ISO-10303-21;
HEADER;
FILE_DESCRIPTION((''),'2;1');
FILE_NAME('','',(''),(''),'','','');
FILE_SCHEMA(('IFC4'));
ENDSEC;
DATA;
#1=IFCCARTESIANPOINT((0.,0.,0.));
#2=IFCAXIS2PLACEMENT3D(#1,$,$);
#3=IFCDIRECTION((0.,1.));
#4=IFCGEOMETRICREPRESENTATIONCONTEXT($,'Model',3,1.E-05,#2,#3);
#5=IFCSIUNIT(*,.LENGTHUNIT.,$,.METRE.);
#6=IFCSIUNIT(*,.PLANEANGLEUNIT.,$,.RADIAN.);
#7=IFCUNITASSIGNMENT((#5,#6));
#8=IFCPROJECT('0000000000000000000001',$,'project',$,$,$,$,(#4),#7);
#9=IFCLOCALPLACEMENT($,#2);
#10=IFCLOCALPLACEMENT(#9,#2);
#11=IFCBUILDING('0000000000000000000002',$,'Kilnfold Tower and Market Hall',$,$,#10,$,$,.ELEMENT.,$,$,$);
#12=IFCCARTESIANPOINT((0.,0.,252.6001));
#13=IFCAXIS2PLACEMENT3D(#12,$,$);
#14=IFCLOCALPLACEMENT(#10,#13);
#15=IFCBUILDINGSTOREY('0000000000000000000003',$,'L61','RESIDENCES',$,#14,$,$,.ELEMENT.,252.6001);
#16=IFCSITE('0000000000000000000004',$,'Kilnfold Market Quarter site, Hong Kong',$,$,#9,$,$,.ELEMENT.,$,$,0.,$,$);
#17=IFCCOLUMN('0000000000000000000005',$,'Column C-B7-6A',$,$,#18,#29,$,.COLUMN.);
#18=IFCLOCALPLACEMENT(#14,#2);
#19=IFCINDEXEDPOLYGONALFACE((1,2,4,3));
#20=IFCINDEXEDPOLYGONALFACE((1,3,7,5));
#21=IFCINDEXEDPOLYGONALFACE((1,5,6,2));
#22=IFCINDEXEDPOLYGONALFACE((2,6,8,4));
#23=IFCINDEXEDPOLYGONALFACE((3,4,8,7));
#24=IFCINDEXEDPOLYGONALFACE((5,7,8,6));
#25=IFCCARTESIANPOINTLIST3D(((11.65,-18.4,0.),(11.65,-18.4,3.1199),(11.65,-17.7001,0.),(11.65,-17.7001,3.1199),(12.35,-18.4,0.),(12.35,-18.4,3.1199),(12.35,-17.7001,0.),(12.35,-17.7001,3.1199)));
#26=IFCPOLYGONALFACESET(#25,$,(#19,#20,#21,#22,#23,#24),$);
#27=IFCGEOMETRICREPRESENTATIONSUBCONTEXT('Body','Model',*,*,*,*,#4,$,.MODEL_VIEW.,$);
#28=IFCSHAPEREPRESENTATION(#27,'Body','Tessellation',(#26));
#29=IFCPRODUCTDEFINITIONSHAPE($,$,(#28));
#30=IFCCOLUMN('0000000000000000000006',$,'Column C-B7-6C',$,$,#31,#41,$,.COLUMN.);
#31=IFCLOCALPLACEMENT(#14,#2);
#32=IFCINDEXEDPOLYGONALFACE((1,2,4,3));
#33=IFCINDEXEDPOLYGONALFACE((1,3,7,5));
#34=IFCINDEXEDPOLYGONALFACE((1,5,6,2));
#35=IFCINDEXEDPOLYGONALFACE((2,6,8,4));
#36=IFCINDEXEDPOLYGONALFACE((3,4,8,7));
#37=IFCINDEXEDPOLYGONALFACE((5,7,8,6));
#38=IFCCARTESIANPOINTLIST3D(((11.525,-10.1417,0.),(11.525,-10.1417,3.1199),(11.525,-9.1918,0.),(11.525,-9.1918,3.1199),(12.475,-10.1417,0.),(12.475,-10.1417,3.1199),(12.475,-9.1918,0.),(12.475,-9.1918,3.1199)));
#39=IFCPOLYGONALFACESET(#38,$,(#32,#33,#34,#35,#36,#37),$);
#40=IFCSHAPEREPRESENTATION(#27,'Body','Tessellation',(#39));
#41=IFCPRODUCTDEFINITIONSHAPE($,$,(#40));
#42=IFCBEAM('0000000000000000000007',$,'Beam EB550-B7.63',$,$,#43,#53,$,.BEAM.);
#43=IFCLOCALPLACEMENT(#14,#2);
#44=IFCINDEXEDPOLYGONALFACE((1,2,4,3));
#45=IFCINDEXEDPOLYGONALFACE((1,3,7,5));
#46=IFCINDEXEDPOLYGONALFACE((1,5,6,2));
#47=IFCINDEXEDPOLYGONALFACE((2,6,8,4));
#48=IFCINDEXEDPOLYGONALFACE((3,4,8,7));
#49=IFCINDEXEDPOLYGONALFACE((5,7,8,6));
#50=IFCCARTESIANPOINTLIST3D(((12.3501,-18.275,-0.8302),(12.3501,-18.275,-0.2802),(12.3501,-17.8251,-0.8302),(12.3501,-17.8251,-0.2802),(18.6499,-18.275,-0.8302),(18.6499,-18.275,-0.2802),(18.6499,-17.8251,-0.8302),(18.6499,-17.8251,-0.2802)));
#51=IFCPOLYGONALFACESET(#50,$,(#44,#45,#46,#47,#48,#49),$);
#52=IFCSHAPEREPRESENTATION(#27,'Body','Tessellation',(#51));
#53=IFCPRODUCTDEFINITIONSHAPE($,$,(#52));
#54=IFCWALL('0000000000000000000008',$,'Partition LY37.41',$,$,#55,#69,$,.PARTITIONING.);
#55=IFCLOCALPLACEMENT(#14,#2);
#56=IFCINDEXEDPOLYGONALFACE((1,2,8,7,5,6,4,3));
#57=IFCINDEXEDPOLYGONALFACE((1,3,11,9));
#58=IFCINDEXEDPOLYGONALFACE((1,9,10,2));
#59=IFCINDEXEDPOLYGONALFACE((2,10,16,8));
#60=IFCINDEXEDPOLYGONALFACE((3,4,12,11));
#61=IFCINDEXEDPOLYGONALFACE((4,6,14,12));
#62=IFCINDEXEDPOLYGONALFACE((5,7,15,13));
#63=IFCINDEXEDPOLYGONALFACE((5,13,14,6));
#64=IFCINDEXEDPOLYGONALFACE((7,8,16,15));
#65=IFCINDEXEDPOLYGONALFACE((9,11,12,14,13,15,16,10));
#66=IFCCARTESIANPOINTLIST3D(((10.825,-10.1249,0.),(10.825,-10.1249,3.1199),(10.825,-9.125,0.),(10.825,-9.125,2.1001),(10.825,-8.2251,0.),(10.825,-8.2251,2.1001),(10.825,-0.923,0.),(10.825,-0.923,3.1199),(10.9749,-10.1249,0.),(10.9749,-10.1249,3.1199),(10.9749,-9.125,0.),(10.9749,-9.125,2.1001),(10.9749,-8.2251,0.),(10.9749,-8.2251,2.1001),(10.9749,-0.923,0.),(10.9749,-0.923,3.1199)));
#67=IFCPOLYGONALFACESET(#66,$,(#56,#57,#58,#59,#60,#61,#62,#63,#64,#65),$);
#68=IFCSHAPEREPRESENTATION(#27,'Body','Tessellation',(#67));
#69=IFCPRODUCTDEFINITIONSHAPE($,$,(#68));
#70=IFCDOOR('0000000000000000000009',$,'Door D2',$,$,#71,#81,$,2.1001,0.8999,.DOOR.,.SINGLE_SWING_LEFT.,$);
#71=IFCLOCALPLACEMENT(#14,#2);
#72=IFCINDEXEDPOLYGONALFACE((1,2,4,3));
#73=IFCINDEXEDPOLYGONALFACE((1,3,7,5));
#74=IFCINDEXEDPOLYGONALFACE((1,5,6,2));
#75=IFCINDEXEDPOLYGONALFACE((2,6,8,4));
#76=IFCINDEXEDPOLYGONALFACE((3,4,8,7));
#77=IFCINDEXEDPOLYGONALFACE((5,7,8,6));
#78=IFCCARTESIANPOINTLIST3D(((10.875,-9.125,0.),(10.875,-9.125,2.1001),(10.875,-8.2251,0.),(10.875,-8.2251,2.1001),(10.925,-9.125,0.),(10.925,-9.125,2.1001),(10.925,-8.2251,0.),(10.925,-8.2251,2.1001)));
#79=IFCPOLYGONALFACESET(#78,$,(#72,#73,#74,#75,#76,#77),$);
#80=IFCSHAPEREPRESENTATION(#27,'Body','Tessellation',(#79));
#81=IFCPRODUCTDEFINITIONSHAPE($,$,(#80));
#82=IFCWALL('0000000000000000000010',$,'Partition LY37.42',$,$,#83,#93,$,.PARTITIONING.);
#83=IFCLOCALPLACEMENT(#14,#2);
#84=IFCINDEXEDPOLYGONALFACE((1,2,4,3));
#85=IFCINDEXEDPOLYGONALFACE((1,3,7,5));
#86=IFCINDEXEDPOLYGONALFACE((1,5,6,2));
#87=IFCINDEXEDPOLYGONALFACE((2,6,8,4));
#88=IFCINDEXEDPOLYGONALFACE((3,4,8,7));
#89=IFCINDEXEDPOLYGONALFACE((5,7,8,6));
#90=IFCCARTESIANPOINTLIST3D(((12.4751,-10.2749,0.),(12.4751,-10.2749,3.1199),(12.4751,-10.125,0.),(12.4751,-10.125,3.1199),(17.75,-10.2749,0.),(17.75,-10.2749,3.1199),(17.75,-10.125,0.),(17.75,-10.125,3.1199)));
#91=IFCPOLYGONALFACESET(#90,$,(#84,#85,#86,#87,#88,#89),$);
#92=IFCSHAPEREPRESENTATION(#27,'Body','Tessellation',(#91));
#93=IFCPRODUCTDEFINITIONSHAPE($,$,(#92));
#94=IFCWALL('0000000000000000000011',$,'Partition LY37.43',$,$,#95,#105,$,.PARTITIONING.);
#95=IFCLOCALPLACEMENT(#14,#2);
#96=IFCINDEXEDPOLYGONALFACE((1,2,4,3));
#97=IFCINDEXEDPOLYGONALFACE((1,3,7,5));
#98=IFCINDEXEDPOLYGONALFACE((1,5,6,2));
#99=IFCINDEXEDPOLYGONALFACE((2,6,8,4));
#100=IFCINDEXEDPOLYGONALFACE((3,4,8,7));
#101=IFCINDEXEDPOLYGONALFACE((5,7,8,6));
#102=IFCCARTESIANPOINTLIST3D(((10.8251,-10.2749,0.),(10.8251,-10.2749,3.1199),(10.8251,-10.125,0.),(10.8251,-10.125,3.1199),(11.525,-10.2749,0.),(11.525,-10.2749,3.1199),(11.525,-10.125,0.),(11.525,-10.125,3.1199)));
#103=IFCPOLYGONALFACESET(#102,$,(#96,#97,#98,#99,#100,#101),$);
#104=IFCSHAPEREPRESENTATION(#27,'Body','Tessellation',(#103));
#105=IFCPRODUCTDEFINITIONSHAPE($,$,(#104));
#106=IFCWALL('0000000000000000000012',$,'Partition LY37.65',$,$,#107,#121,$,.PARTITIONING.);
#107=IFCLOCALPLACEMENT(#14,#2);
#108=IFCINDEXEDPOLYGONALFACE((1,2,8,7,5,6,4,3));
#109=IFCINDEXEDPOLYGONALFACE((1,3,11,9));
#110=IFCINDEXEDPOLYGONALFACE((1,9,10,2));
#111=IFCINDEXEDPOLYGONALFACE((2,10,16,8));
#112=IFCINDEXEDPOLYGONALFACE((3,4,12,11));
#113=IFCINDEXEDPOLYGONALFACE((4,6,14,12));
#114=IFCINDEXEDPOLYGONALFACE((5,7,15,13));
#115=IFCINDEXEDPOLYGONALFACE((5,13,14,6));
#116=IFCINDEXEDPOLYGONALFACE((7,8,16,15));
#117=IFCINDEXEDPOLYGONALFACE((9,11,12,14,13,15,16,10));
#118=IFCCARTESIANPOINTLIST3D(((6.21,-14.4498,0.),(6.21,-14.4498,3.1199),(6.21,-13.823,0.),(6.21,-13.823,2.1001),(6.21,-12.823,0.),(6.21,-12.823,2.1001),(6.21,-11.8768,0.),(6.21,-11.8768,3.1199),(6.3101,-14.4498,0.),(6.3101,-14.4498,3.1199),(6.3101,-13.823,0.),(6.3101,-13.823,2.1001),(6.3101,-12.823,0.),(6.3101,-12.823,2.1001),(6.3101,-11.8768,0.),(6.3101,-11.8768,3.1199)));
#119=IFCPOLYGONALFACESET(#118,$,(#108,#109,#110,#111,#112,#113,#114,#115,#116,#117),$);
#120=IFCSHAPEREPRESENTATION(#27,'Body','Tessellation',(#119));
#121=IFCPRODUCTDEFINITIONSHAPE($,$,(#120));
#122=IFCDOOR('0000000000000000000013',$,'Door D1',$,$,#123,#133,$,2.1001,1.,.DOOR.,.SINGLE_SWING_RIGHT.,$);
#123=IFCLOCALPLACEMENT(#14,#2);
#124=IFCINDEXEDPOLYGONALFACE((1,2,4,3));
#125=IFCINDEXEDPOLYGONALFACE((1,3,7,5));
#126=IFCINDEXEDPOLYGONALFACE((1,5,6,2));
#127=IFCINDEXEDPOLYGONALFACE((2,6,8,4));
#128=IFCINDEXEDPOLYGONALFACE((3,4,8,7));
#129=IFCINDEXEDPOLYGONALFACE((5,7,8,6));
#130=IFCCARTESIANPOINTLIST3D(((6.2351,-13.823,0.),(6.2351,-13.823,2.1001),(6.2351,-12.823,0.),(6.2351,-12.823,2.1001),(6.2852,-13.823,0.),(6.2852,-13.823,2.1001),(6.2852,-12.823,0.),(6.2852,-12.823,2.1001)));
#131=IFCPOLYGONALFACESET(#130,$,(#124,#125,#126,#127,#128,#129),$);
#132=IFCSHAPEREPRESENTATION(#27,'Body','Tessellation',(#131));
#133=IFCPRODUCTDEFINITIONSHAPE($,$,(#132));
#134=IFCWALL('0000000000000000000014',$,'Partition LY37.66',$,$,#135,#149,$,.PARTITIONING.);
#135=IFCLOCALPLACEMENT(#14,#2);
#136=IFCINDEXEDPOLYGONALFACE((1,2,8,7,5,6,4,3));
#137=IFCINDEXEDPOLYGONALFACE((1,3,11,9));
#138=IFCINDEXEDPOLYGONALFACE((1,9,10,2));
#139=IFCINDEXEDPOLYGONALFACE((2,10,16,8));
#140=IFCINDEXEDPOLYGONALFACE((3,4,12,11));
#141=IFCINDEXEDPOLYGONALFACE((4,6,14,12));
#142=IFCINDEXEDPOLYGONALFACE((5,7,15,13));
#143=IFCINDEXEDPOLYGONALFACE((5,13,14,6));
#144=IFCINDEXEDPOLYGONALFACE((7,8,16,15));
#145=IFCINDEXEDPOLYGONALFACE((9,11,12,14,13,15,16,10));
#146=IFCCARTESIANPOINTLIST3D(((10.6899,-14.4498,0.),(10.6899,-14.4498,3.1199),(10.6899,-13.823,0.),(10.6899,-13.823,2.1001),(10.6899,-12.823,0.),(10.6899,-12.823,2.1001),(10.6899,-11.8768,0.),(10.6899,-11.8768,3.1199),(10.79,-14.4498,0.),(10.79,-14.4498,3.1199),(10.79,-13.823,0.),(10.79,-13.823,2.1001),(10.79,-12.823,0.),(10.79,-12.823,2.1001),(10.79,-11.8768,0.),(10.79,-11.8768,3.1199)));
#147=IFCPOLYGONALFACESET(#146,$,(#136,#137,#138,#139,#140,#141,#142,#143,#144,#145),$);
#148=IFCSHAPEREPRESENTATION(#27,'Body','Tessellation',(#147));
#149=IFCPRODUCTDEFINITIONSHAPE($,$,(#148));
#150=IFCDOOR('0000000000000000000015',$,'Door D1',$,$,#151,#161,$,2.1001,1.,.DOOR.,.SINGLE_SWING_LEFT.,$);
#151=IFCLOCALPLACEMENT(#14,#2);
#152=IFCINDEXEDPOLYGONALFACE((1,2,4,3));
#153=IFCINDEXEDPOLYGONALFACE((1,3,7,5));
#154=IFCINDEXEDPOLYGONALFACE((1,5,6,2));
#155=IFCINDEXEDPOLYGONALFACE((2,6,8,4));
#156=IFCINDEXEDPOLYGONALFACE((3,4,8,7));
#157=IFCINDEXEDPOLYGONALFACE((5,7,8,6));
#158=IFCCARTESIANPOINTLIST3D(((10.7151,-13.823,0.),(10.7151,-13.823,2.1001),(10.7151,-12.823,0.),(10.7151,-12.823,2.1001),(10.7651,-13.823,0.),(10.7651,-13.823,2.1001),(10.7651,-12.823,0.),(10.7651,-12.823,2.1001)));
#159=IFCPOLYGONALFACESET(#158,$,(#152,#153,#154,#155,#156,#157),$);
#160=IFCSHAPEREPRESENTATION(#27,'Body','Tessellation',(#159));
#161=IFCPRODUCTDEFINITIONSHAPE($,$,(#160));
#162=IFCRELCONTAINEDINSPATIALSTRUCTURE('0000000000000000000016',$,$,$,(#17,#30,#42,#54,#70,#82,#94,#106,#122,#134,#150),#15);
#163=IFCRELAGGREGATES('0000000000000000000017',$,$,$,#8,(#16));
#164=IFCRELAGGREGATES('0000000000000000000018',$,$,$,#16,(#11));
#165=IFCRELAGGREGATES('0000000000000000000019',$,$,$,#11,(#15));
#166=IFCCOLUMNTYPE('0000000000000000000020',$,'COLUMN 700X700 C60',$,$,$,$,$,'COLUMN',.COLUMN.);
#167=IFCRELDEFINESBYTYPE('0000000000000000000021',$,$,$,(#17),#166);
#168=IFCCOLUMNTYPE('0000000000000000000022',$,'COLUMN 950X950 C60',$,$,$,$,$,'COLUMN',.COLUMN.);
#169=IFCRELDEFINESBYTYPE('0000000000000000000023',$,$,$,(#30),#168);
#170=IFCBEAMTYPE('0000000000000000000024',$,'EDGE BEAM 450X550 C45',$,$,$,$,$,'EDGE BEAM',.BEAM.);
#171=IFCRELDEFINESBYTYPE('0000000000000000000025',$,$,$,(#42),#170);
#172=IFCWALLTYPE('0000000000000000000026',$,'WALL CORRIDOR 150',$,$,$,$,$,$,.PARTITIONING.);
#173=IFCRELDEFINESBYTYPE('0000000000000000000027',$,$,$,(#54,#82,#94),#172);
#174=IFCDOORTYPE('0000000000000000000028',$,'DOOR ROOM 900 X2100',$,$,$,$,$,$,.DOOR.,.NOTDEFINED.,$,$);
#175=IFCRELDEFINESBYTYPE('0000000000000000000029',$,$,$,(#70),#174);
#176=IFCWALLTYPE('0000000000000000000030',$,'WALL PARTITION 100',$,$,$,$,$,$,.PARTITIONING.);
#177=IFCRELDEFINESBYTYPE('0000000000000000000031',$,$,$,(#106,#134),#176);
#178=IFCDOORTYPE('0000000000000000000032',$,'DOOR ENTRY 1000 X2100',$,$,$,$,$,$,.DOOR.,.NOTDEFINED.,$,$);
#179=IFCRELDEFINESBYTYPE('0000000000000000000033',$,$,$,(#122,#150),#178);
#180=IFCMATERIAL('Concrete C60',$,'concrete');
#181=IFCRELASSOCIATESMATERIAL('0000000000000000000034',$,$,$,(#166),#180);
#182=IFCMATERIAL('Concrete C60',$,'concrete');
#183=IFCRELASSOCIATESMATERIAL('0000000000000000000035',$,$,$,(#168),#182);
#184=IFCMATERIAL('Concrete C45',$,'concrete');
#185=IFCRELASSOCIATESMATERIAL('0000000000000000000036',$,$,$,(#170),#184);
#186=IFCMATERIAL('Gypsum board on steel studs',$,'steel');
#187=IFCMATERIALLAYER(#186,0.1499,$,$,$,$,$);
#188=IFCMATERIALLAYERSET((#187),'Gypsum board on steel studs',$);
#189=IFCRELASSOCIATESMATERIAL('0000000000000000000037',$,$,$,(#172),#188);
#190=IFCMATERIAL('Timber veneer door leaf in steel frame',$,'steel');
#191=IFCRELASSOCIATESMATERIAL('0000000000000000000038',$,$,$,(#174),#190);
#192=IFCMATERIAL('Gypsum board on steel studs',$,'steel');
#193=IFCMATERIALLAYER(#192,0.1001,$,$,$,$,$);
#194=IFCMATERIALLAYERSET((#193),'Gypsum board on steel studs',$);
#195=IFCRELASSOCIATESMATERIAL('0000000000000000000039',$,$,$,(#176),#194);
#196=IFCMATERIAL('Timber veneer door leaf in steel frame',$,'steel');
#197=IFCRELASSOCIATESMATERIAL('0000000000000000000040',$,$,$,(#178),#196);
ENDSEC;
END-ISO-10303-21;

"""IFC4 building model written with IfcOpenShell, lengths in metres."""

from ifc_helpers import new_model, si_unit, direction, frame, frame_2d, origin, origin_2d, place, context, subcontext, project, spatial, rectangle, extrude, source, transform, mapped, material, layer, layer_set, material_profile, profile_set, type_object, element, fill, save


model = new_model("IFC4")

# Units and contexts
model_context = context("Model", 3, precision=1e-05, world=origin(), true_north=direction((0.0, 1.0)))
body_context = subcontext(model_context, "Body", "Model", "MODEL_VIEW")
ifc_project = project(units=[si_unit("LENGTHUNIT", "METRE"), si_unit("PLANEANGLEUNIT", "RADIAN")], contexts=[model_context])

# Site, building, storey
site_placement = place(None, origin())
site = spatial("IfcSite", under=ifc_project, at=site_placement, Name="Kilnfold Market Quarter site, Hong Kong", CompositionType="ELEMENT", RefElevation=0.0)
building_placement = place(site_placement, origin())
building = spatial("IfcBuilding", under=site, at=building_placement, Name="Kilnfold Tower and Market Hall", CompositionType="ELEMENT")
storey_placement = place(building_placement, frame((0.0, 0.0, 252.6001)))
storey = spatial("IfcBuildingStorey", under=building, at=storey_placement, Name="L61", Description="RESIDENCES", CompositionType="ELEMENT", Elevation=252.6001)

# Columns
ifc_material_1 = material(Name="Concrete C60", Category="concrete")
ifc_material_profile_1 = material_profile(ifc_material_1, rectangle(XDim=0.7, YDim=0.7, at=origin_2d()), Name="RC 700x700")
ifc_profile_set_1 = profile_set([ifc_material_profile_1], Name="Concrete C60")
column_type_1 = type_object("IfcColumnType", Name="COLUMN 700X700 C60", ElementType="COLUMN", PredefinedType="COLUMN", material=ifc_profile_set_1)
shared_shape_1 = source(origin(), body_context, "Body", "SweptSolid", [
    extrude(rectangle(XDim=0.7, YDim=0.7, at=origin_2d()), origin(), (0.0, 0.0, 1.0), 3.1199),
])
column_1_placement = place(storey_placement, frame((12.0, -18.05, 0.0), z_axis=(0.0, 0.0, 1.0), x_axis=(1.0, 0.0, 0.0)))
element("IfcColumn", 1, at=column_1_placement, inside=storey, type_object=column_type_1, Name="Column C-B7-6A", PredefinedType="COLUMN", context=body_context, shape_type="MappedRepresentation", body=[
    mapped(shared_shape_1, transform((0.0, 0.0, 0.0))),
])
ifc_material_2 = material(Name="Concrete C60", Category="concrete")
ifc_material_profile_2 = material_profile(ifc_material_2, rectangle(XDim=0.95, YDim=0.95, at=origin_2d()), Name="RC 950x950")
ifc_profile_set_2 = profile_set([ifc_material_profile_2], Name="Concrete C60")
column_type_2 = type_object("IfcColumnType", Name="COLUMN 950X950 C60", ElementType="COLUMN", PredefinedType="COLUMN", material=ifc_profile_set_2)
shared_shape_2 = source(origin(), body_context, "Body", "SweptSolid", [
    extrude(rectangle(XDim=0.95, YDim=0.95, at=origin_2d()), origin(), (0.0, 0.0, 1.0), 3.1199),
])
column_2_placement = place(storey_placement, frame((12.0, -9.6667, 0.0), z_axis=(0.0, 0.0, 1.0), x_axis=(1.0, 0.0, 0.0)))
element("IfcColumn", 2, at=column_2_placement, inside=storey, type_object=column_type_2, Name="Column C-B7-6C", PredefinedType="COLUMN", context=body_context, shape_type="MappedRepresentation", body=[
    mapped(shared_shape_2, transform((0.0, 0.0, 0.0))),
])

# Beam
ifc_material_3 = material(Name="Concrete C45", Category="concrete")
ifc_material_profile_3 = material_profile(ifc_material_3, rectangle(XDim=0.45, YDim=0.55, at=origin_2d()), Name="RC 450x550")
ifc_profile_set_3 = profile_set([ifc_material_profile_3], Name="Concrete C45")
beam_type = type_object("IfcBeamType", Name="EDGE BEAM 450X550 C45", ElementType="EDGE BEAM", PredefinedType="BEAM", material=ifc_profile_set_3)
shared_shape_3 = source(origin(), body_context, "Body", "SweptSolid", [
    extrude(rectangle(XDim=0.45, YDim=0.55, at=origin_2d()), origin(), (0.0, 0.0, 1.0), 6.2998),
])
beam_placement = place(storey_placement, frame((12.3501, -18.05, -0.5552), z_axis=(1.0, 0.0, 0.0), x_axis=(0.0, 1.0, 0.0)))
element("IfcBeam", 3, at=beam_placement, inside=storey, type_object=beam_type, Name="Beam EB550-B7.63", PredefinedType="BEAM", context=body_context, shape_type="MappedRepresentation", body=[
    mapped(shared_shape_3, transform((0.0, 0.0, 0.0))),
])

# Wall, opening, door
ifc_material_4 = material(Name="Gypsum board on steel studs", Category="steel")
ifc_layer_1 = layer(ifc_material_4, 0.1499)
ifc_layer_set_1 = layer_set([ifc_layer_1], Name="Gypsum board on steel studs")
wall_type_1 = type_object("IfcWallType", Name="WALL CORRIDOR 150", PredefinedType="PARTITIONING", material=ifc_layer_set_1)
wall_1_placement = place(storey_placement, frame((10.8999, -10.125, 0.0), z_axis=(0.0, 0.0, 1.0), x_axis=(0.0, 1.0, 0.0)))
wall_1 = element("IfcWall", 4, at=wall_1_placement, inside=storey, type_object=wall_type_1, Name="Partition LY37.41", PredefinedType="PARTITIONING", context=body_context, shape_type="SweptSolid", body=[
    extrude(rectangle(XDim=9.2019, YDim=0.1499, at=frame_2d((4.6011, 0.0))), origin(), (0.0, 0.0, 1.0), 3.1199),
])
opening_1_placement = place(wall_1_placement, frame((1.0, 0.0, 0.0)))
opening_1 = element("IfcOpeningElement", 5, at=opening_1_placement, cuts=wall_1, PredefinedType="OPENING", context=body_context, shape_type="SweptSolid", body=[
    extrude(rectangle(XDim=0.8999, YDim=2.1001, at=frame_2d((0.45, 1.05))), frame((0.0, 0.085, 0.0), z_axis=(0.0, -1.0, 0.0), x_axis=(1.0, 0.0, 0.0)), (0.0, 0.0, 1.0), 0.1699),
])
ifc_material_5 = material(Name="Timber veneer door leaf in steel frame", Category="steel")
door_type_1 = type_object("IfcDoorType", Name="DOOR ROOM 900 X2100", OperationType="NOTDEFINED", PredefinedType="DOOR", material=ifc_material_5)
door_1_placement = place(opening_1_placement, origin())
door_1 = element("IfcDoor", 6, at=door_1_placement, inside=storey, type_object=door_type_1, Name="Door D2", OperationType="SINGLE_SWING_LEFT", OverallHeight=2.1001, OverallWidth=0.8999, PredefinedType="DOOR", context=body_context, shape_type="SweptSolid", body=[
    extrude(rectangle(XDim=0.8999, YDim=2.1001, at=frame_2d((0.45, 1.05))), frame((0.0, 0.0249, 0.0), z_axis=(0.0, -1.0, 0.0), x_axis=(1.0, 0.0, 0.0)), (0.0, 0.0, 1.0), 0.05),
])
fill(opening_1, door_1)

# Walls
wall_2_placement = place(storey_placement, frame((12.4751, -10.2, 0.0), z_axis=(0.0, 0.0, 1.0), x_axis=(1.0, 0.0, 0.0)))
element("IfcWall", 7, at=wall_2_placement, inside=storey, type_object=wall_type_1, Name="Partition LY37.42", PredefinedType="PARTITIONING", context=body_context, shape_type="SweptSolid", body=[
    extrude(rectangle(XDim=5.2749, YDim=0.1499, at=frame_2d((2.6375, 0.0))), origin(), (0.0, 0.0, 1.0), 3.1199),
])
wall_3_placement = place(storey_placement, frame((10.825, -10.2, 0.0), z_axis=(0.0, 0.0, 1.0), x_axis=(1.0, 0.0, 0.0)))
element("IfcWall", 8, at=wall_3_placement, inside=storey, type_object=wall_type_1, Name="Partition LY37.43", PredefinedType="PARTITIONING", context=body_context, shape_type="SweptSolid", body=[
    extrude(rectangle(XDim=0.7, YDim=0.1499, at=frame_2d((0.3501, 0.0))), origin(), (0.0, 0.0, 1.0), 3.1199),
])

# Walls, openings, doors
ifc_material_6 = material(Name="Gypsum board on steel studs", Category="steel")
ifc_layer_2 = layer(ifc_material_6, 0.1001)
ifc_layer_set_2 = layer_set([ifc_layer_2], Name="Gypsum board on steel studs")
wall_type_2 = type_object("IfcWallType", Name="WALL PARTITION 100", PredefinedType="PARTITIONING", material=ifc_layer_set_2)
wall_4_placement = place(storey_placement, frame((6.26, -14.45, 0.0), z_axis=(0.0, 0.0, 1.0), x_axis=(0.0, 1.0, 0.0)))
wall_4 = element("IfcWall", 9, at=wall_4_placement, inside=storey, type_object=wall_type_2, Name="Partition LY37.65", PredefinedType="PARTITIONING", context=body_context, shape_type="SweptSolid", body=[
    extrude(rectangle(XDim=2.573, YDim=0.1001, at=frame_2d((1.2866, 0.0))), origin(), (0.0, 0.0, 1.0), 3.1199),
])
opening_2_placement = place(wall_4_placement, frame((0.627, 0.0, 0.0)))
opening_2 = element("IfcOpeningElement", 10, at=opening_2_placement, cuts=wall_4, PredefinedType="OPENING", context=body_context, shape_type="SweptSolid", body=[
    extrude(rectangle(XDim=1.0, YDim=2.1001, at=frame_2d((0.5, 1.05))), frame((0.0, 0.0601, 0.0), z_axis=(0.0, -1.0, 0.0), x_axis=(1.0, 0.0, 0.0)), (0.0, 0.0, 1.0), 0.1201),
])
ifc_material_7 = material(Name="Timber veneer door leaf in steel frame", Category="steel")
door_type_2 = type_object("IfcDoorType", Name="DOOR ENTRY 1000 X2100", OperationType="NOTDEFINED", PredefinedType="DOOR", material=ifc_material_7)
door_2_placement = place(opening_2_placement, origin())
door_2 = element("IfcDoor", 11, at=door_2_placement, inside=storey, type_object=door_type_2, Name="Door D1", OperationType="SINGLE_SWING_RIGHT", OverallHeight=2.1001, OverallWidth=1.0, PredefinedType="DOOR", context=body_context, shape_type="SweptSolid", body=[
    extrude(rectangle(XDim=1.0, YDim=2.1001, at=frame_2d((0.5, 1.05))), frame((0.0, 0.0249, 0.0), z_axis=(0.0, -1.0, 0.0), x_axis=(1.0, 0.0, 0.0)), (0.0, 0.0, 1.0), 0.05),
])
fill(opening_2, door_2)
wall_5_placement = place(storey_placement, frame((10.74, -14.45, 0.0), z_axis=(0.0, 0.0, 1.0), x_axis=(0.0, 1.0, 0.0)))
wall_5 = element("IfcWall", 12, at=wall_5_placement, inside=storey, type_object=wall_type_2, Name="Partition LY37.66", PredefinedType="PARTITIONING", context=body_context, shape_type="SweptSolid", body=[
    extrude(rectangle(XDim=2.573, YDim=0.1001, at=frame_2d((1.2866, 0.0))), origin(), (0.0, 0.0, 1.0), 3.1199),
])
opening_3_placement = place(wall_5_placement, frame((0.627, 0.0, 0.0)))
opening_3 = element("IfcOpeningElement", 13, at=opening_3_placement, cuts=wall_5, PredefinedType="OPENING", context=body_context, shape_type="SweptSolid", body=[
    extrude(rectangle(XDim=1.0, YDim=2.1001, at=frame_2d((0.5, 1.05))), frame((0.0, 0.0601, 0.0), z_axis=(0.0, -1.0, 0.0), x_axis=(1.0, 0.0, 0.0)), (0.0, 0.0, 1.0), 0.1201),
])
door_3_placement = place(opening_3_placement, origin())
door_3 = element("IfcDoor", 14, at=door_3_placement, inside=storey, type_object=door_type_2, Name="Door D1", OperationType="SINGLE_SWING_LEFT", OverallHeight=2.1001, OverallWidth=1.0, PredefinedType="DOOR", context=body_context, shape_type="SweptSolid", body=[
    extrude(rectangle(XDim=1.0, YDim=2.1001, at=frame_2d((0.5, 1.05))), frame((0.0, 0.0249, 0.0), z_axis=(0.0, -1.0, 0.0), x_axis=(1.0, 0.0, 0.0)), (0.0, 0.0, 1.0), 0.05),
])
fill(opening_3, door_3)

save(model, "model.ifc")
